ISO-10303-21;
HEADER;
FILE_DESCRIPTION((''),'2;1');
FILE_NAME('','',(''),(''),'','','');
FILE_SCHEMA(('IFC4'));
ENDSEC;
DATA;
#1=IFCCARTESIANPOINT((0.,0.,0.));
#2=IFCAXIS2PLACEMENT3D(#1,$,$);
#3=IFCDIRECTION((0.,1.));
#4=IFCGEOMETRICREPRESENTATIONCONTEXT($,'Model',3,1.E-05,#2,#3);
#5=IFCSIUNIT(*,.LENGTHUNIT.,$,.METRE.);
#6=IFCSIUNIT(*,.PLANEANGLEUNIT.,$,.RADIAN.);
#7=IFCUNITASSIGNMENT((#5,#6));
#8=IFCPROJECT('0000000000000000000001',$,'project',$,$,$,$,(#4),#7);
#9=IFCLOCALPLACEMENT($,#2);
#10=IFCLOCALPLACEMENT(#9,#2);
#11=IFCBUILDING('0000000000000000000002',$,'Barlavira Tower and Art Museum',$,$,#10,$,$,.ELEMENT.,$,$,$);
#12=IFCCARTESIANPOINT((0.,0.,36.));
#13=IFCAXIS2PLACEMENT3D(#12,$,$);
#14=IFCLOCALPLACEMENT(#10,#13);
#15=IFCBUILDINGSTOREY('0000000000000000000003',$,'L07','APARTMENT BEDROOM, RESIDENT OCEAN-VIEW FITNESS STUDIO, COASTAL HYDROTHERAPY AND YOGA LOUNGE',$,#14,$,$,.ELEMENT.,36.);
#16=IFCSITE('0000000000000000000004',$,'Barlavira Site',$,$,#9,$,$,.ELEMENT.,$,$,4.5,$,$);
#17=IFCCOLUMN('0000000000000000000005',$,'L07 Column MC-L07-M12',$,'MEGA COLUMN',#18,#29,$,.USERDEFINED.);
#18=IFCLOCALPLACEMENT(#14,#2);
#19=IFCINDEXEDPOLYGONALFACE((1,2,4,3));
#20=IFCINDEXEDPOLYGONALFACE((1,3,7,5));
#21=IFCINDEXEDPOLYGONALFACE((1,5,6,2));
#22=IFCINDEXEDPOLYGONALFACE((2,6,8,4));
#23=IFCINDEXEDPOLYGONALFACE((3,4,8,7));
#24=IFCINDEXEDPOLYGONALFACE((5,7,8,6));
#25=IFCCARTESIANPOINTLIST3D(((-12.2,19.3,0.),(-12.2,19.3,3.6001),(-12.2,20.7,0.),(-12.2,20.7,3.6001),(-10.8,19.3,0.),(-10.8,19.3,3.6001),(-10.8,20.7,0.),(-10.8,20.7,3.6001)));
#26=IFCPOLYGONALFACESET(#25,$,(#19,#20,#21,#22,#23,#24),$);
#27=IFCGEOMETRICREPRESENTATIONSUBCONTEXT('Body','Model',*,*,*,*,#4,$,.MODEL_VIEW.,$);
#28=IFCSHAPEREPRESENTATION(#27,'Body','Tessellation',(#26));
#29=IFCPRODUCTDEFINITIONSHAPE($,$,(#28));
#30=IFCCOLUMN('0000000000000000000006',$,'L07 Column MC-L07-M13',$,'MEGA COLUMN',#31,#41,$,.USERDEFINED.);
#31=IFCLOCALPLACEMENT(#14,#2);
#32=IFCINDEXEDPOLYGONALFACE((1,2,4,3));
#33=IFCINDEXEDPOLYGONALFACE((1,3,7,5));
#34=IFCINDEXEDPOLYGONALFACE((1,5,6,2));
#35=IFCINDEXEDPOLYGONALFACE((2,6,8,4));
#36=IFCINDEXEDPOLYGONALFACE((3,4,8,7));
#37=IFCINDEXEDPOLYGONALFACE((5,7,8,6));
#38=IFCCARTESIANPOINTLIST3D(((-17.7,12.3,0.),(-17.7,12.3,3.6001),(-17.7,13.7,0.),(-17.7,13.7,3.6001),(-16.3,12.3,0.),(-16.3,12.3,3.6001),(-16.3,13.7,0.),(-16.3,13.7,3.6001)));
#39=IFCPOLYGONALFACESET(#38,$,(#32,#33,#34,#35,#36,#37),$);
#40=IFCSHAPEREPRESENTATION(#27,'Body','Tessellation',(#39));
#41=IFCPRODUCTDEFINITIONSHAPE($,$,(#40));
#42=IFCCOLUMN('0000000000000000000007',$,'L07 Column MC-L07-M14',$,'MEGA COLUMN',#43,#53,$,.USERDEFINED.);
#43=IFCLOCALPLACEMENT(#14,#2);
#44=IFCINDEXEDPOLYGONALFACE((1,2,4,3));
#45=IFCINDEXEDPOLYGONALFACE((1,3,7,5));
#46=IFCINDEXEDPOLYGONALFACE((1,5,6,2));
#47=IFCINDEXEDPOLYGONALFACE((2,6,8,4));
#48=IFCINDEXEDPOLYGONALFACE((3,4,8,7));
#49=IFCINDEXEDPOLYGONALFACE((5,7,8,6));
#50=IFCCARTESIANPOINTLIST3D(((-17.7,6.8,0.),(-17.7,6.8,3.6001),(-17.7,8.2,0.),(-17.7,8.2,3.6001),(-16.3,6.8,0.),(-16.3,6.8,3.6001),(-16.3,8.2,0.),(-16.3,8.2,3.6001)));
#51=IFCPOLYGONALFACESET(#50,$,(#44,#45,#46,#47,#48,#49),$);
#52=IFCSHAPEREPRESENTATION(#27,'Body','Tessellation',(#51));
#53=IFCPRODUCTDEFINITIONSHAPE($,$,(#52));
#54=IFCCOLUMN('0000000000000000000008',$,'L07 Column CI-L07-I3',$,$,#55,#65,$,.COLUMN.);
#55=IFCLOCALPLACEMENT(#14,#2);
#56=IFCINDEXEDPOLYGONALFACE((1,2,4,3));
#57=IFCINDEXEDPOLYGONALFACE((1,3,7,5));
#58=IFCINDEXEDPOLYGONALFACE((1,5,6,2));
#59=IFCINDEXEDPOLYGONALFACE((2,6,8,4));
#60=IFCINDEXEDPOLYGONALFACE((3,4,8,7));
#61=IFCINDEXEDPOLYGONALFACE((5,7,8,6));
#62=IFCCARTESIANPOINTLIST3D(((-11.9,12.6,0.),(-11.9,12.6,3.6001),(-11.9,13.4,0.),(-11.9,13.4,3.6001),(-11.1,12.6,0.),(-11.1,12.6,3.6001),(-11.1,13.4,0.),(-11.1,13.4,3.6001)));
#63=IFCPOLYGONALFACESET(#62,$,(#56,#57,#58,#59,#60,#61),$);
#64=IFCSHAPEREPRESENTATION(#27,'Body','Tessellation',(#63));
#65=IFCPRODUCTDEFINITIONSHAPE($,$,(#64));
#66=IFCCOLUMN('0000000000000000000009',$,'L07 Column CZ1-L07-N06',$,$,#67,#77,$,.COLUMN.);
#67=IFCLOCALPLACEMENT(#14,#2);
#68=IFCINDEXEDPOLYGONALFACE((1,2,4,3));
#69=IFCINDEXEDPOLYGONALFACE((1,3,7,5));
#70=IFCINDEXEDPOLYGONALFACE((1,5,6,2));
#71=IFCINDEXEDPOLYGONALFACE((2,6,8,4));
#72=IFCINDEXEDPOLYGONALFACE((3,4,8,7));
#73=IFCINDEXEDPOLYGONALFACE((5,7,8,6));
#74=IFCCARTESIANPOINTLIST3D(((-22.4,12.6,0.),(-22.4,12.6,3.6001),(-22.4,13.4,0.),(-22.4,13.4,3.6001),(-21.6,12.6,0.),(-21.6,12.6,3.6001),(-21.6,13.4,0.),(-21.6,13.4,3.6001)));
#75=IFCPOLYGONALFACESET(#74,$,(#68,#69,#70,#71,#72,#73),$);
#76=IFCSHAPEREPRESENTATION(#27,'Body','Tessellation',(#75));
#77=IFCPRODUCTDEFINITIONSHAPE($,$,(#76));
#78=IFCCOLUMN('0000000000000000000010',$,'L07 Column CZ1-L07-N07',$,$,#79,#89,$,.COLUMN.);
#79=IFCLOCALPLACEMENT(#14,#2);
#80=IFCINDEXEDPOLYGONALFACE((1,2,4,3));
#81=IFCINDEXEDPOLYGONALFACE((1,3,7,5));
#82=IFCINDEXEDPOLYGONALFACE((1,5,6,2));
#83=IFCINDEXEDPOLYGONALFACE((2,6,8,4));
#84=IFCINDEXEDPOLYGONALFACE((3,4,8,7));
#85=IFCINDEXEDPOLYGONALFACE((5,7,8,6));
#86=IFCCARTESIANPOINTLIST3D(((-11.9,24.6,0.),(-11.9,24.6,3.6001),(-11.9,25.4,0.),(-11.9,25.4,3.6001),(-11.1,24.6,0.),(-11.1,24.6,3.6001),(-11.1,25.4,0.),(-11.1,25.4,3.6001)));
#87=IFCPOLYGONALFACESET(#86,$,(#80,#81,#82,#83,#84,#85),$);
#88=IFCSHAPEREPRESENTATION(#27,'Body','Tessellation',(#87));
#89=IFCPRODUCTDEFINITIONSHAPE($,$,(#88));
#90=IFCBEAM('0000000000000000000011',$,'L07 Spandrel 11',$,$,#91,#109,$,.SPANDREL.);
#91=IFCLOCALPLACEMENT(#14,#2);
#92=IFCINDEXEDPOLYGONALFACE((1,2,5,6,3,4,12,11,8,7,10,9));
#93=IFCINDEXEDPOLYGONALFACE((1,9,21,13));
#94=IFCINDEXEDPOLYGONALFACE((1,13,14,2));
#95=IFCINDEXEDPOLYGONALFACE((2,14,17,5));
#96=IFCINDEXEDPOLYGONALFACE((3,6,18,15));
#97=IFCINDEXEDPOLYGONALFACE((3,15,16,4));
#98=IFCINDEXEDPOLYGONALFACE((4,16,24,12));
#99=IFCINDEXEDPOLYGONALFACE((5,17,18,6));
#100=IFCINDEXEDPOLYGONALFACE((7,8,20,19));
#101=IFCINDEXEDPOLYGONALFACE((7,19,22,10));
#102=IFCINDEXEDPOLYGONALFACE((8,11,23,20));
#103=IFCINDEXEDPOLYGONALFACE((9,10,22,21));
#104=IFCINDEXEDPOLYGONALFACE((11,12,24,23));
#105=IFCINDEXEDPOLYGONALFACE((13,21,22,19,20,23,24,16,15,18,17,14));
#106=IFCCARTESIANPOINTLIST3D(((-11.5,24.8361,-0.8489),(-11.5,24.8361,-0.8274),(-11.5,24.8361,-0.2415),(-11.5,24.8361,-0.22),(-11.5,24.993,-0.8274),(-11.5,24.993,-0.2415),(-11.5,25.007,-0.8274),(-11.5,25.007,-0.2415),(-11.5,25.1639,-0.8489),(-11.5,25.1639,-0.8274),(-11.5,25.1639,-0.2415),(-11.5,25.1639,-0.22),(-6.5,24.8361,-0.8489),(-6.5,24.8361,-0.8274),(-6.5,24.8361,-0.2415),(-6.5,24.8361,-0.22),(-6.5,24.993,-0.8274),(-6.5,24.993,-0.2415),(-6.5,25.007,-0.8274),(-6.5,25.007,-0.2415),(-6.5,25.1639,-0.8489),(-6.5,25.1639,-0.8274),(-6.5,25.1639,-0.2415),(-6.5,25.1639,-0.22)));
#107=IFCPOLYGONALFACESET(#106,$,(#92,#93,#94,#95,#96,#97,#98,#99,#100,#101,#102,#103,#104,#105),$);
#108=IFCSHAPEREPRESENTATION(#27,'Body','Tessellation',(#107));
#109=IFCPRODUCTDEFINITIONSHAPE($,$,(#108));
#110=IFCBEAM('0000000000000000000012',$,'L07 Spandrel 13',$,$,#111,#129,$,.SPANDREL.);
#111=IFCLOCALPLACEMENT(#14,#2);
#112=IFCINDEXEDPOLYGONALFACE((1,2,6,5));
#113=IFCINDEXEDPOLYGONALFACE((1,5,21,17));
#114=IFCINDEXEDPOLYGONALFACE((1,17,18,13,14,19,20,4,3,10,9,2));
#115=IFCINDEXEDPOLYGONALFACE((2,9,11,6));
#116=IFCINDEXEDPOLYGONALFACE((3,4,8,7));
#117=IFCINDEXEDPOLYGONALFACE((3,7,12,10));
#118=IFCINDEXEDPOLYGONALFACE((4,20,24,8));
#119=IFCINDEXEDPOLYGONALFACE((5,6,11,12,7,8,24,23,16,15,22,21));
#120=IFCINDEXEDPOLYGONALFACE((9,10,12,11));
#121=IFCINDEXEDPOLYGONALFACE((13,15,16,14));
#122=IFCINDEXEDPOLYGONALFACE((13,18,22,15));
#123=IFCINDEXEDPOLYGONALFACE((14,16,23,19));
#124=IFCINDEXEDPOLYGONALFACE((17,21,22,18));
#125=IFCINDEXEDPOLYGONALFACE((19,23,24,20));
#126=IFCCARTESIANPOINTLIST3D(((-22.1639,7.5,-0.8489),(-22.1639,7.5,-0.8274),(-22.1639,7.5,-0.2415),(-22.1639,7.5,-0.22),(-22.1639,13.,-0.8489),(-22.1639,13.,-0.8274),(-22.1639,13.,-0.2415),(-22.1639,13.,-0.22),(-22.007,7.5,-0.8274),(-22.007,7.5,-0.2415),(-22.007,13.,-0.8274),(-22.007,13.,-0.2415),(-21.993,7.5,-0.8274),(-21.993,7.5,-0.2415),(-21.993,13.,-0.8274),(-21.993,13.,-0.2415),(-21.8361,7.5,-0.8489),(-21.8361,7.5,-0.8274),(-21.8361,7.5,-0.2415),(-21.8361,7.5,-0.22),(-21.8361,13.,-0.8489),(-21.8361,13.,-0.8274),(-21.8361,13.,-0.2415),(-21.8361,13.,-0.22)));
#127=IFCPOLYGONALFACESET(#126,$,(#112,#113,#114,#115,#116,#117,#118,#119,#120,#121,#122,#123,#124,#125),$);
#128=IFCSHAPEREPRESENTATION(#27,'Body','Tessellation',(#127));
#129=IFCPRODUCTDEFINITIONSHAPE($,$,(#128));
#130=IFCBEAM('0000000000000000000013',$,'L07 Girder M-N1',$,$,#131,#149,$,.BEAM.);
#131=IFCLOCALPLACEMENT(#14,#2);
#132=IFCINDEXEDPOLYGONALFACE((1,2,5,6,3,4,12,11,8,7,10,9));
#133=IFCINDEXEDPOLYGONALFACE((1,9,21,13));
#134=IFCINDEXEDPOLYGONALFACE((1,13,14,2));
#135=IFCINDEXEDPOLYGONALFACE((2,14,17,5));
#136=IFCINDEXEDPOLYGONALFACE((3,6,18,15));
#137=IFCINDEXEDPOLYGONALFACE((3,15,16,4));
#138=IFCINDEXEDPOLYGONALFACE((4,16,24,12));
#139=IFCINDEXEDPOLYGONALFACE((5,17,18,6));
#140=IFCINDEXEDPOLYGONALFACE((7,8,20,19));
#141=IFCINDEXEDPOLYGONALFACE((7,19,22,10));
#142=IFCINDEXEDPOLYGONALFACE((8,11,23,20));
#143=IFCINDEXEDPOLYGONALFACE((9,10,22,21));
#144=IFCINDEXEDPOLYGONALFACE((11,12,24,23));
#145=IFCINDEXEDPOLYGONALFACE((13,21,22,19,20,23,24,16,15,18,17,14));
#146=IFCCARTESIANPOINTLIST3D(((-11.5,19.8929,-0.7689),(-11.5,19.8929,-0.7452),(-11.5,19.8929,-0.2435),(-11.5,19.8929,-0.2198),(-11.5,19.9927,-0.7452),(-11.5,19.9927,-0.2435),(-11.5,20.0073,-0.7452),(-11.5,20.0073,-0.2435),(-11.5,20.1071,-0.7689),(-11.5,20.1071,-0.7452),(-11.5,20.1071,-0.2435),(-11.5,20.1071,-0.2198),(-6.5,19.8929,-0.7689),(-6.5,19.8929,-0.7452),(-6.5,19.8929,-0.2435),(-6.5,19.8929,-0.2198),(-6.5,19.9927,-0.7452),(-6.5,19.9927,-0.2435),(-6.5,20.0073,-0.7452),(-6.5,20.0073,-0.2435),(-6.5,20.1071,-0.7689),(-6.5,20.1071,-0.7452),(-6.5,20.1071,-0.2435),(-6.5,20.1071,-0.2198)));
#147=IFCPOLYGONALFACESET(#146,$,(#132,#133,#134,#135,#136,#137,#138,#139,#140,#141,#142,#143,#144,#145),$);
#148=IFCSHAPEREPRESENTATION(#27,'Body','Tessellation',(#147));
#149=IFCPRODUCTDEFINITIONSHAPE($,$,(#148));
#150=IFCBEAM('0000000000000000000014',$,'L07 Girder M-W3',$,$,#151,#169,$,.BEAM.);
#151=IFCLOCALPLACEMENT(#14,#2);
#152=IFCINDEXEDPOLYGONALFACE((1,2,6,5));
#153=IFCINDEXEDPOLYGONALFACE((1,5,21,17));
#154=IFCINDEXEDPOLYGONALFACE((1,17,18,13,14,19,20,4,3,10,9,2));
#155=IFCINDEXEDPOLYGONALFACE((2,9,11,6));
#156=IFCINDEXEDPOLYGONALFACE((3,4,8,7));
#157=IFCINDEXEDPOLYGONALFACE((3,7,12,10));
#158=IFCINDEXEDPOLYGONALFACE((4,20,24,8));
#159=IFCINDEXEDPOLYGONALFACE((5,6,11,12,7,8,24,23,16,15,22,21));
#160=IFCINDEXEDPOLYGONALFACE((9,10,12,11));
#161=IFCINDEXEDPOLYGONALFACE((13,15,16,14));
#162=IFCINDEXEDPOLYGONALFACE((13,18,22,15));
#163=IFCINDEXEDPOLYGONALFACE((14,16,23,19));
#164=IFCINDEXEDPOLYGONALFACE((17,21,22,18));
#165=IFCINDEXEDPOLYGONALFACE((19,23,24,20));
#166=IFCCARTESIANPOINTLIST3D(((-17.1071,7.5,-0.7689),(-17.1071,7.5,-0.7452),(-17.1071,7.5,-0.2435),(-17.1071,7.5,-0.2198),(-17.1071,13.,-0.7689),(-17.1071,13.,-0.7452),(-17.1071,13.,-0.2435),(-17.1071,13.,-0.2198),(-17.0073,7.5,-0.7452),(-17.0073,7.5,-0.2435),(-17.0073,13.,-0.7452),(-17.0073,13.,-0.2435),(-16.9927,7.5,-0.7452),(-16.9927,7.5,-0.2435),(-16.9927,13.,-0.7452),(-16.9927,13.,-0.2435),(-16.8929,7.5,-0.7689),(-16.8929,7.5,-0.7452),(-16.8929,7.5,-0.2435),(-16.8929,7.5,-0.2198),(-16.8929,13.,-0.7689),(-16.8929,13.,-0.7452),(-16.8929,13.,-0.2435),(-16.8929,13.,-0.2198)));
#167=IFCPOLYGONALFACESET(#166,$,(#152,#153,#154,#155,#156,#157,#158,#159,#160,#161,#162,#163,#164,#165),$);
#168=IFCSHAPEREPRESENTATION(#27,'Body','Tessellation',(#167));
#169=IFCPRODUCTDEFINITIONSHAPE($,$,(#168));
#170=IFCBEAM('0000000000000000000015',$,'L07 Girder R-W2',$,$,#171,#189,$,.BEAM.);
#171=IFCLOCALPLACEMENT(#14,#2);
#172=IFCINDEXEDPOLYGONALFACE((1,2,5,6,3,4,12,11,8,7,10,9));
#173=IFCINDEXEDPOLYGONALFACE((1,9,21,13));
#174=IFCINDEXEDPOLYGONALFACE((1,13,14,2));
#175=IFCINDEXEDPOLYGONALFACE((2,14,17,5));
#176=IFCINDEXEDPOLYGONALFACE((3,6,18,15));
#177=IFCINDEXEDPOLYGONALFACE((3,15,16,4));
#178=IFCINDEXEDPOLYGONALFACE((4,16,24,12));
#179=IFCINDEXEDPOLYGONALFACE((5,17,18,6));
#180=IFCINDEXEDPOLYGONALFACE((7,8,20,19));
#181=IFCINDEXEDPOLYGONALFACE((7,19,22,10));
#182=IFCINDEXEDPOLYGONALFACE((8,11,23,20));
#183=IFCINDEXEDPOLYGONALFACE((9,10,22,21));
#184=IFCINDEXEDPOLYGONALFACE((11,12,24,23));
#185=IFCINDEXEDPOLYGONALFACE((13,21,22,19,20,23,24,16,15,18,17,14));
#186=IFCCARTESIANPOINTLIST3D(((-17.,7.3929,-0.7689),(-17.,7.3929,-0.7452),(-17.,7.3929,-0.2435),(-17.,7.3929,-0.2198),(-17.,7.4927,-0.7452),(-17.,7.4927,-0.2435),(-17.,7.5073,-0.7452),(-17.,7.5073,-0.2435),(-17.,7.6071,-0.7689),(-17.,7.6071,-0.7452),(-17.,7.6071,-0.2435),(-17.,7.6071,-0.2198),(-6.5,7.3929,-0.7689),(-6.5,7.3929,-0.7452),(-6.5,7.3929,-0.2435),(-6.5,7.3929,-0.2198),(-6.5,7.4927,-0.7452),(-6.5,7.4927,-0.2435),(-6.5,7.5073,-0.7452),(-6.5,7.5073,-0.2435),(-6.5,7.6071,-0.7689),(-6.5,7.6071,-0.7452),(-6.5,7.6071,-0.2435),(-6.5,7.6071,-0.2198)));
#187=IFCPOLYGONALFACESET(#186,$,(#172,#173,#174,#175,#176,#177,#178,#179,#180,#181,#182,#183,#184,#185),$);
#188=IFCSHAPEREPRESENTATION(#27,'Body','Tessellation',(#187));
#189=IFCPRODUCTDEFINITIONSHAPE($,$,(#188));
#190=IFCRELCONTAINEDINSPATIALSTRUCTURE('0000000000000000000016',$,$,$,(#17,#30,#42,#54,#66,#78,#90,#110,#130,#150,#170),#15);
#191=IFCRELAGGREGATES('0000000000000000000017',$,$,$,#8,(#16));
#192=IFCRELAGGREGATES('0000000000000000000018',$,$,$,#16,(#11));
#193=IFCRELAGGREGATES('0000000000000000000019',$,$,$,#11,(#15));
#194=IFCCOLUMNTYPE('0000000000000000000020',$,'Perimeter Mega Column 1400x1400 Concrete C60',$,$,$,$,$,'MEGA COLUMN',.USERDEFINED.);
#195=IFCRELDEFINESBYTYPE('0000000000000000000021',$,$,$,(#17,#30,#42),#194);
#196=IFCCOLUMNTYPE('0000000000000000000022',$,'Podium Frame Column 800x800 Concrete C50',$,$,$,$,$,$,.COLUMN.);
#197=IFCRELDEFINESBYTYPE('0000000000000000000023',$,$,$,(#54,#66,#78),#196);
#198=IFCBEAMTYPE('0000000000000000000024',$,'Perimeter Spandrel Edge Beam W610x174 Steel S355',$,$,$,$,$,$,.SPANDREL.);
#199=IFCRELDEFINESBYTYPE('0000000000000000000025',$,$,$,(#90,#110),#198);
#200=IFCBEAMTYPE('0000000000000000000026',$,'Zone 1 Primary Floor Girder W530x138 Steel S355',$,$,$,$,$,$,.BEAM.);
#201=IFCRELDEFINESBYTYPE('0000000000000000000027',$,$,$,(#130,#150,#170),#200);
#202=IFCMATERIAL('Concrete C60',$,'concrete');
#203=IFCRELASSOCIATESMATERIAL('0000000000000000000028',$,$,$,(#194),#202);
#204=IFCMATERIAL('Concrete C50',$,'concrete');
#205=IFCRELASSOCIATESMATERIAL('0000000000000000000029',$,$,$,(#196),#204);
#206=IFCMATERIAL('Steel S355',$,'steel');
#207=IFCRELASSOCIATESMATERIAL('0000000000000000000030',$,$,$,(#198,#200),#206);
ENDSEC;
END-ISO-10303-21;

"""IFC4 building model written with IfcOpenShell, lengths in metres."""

from ifc_helpers import new_model, si_unit, direction, frame, origin, origin_2d, place, context, subcontext, project, spatial, rectangle, i_section, extrude, material, material_profile, profile_set, type_object, element, save


model = new_model("IFC4")

# Units and contexts
model_context = context("Model", 3, precision=1e-05, world=origin(), true_north=direction((0.0, 1.0)))
body_context = subcontext(model_context, "Body", "Model", "MODEL_VIEW")
ifc_project = project(units=[si_unit("LENGTHUNIT", "METRE"), si_unit("PLANEANGLEUNIT", "RADIAN")], contexts=[model_context])

# Site, building, storey
site_placement = place(None, origin())
site = spatial("IfcSite", under=ifc_project, at=site_placement, Name="Barlavira Site", CompositionType="ELEMENT", RefElevation=4.5)
building_placement = place(site_placement, origin())
building = spatial("IfcBuilding", under=site, at=building_placement, Name="Barlavira Tower and Art Museum", CompositionType="ELEMENT")
storey_placement = place(building_placement, frame((0.0, 0.0, 36.0)))
storey = spatial("IfcBuildingStorey", under=building, at=storey_placement, Name="L07", Description="APARTMENT BEDROOM, RESIDENT OCEAN-VIEW FITNESS STUDIO, COASTAL HYDROTHERAPY AND YOGA LOUNGE", CompositionType="ELEMENT", Elevation=36.0)

# Columns
ifc_material_1 = material(Name="Concrete C60", Category="concrete")
ifc_material_profile_1 = material_profile(ifc_material_1, rectangle(XDim=1.3999, YDim=1.3999, at=origin_2d()), Name="RC-MCOL 1400x1400")
ifc_profile_set_1 = profile_set([ifc_material_profile_1], Name="Concrete C60")
column_type_1 = type_object("IfcColumnType", Name="Perimeter Mega Column 1400x1400 Concrete C60", ElementType="MEGA COLUMN", PredefinedType="USERDEFINED", material=ifc_profile_set_1)
for number, where, z_axis, x_axis, name in (
    (1, (-11.5, 20.0, 0.0), (0.0, 0.0, 1.0), (1.0, 0.0, 0.0), "L07 Column MC-L07-M12"),
    (2, (-17.0, 13.0, 0.0), (0.0, 0.0, 1.0), (1.0, 0.0, 0.0), "L07 Column MC-L07-M13"),
    (3, (-17.0, 7.5, 0.0), (0.0, 0.0, 1.0), (1.0, 0.0, 0.0), "L07 Column MC-L07-M14"),
):
    element("IfcColumn", number, at=place(storey_placement, frame(where, z_axis=z_axis, x_axis=x_axis)), inside=storey, type_object=column_type_1, Name=name, ObjectType="MEGA COLUMN", PredefinedType="USERDEFINED", context=body_context, shape_type="SweptSolid", body=[
        extrude(rectangle(XDim=1.3999, YDim=1.3999, at=origin_2d()), origin(), (0.0, 0.0, 1.0), 3.6001),
    ])
ifc_material_2 = material(Name="Concrete C50", Category="concrete")
ifc_material_profile_2 = material_profile(ifc_material_2, rectangle(XDim=0.8, YDim=0.8, at=origin_2d()), Name="RC-COL 800x800")
ifc_profile_set_2 = profile_set([ifc_material_profile_2], Name="Concrete C50")
column_type_2 = type_object("IfcColumnType", Name="Podium Frame Column 800x800 Concrete C50", PredefinedType="COLUMN", material=ifc_profile_set_2)
for number, where, z_axis, x_axis, name in (
    (4, (-11.5, 13.0, 0.0), (0.0, 0.0, 1.0), (1.0, 0.0, 0.0), "L07 Column CI-L07-I3"),
    (5, (-22.0, 13.0, 0.0), (0.0, 0.0, 1.0), (1.0, 0.0, 0.0), "L07 Column CZ1-L07-N06"),
    (6, (-11.5, 25.0, 0.0), (0.0, 0.0, 1.0), (1.0, 0.0, 0.0), "L07 Column CZ1-L07-N07"),
):
    element("IfcColumn", number, at=place(storey_placement, frame(where, z_axis=z_axis, x_axis=x_axis)), inside=storey, type_object=column_type_2, Name=name, PredefinedType="COLUMN", context=body_context, shape_type="SweptSolid", body=[
        extrude(rectangle(XDim=0.8, YDim=0.8, at=origin_2d()), origin(), (0.0, 0.0, 1.0), 3.6001),
    ])

# Beams
ifc_material_3 = material(Name="Steel S355", Category="steel")
ifc_material_profile_3 = material_profile(ifc_material_3, i_section(OverallWidth=0.3279, OverallDepth=0.6289, WebThickness=0.0139, FlangeThickness=0.0215, at=origin_2d()), Name="W610x174.0")
ifc_profile_set_3 = profile_set([ifc_material_profile_3], Name="Steel S355")
beam_type_1 = type_object("IfcBeamType", Name="Perimeter Spandrel Edge Beam W610x174 Steel S355", PredefinedType="SPANDREL", material=ifc_profile_set_3)
beam_1_placement = place(storey_placement, frame((-11.5, 25.0, -0.5344), z_axis=(1.0, 0.0, 0.0), x_axis=(0.0, 1.0, 0.0)))
element("IfcBeam", 7, at=beam_1_placement, inside=storey, type_object=beam_type_1, Name="L07 Spandrel 11", PredefinedType="SPANDREL", context=body_context, shape_type="SweptSolid", body=[
    extrude(i_section(OverallWidth=0.3279, OverallDepth=0.6289, WebThickness=0.0139, FlangeThickness=0.0215, at=origin_2d()), origin(), (0.0, 0.0, 1.0), 5.0),
])
beam_2_placement = place(storey_placement, frame((-22.0, 7.5, -0.5344), z_axis=(0.0, 1.0, 0.0), x_axis=(-1.0, 0.0, 0.0)))
element("IfcBeam", 8, at=beam_2_placement, inside=storey, type_object=beam_type_1, Name="L07 Spandrel 13", PredefinedType="SPANDREL", context=body_context, shape_type="SweptSolid", body=[
    extrude(i_section(OverallWidth=0.3279, OverallDepth=0.6289, WebThickness=0.0139, FlangeThickness=0.0215, at=origin_2d()), origin(), (0.0, 0.0, 1.0), 5.5),
])
ifc_material_profile_4 = material_profile(ifc_material_3, i_section(OverallWidth=0.2141, OverallDepth=0.5491, WebThickness=0.0146, FlangeThickness=0.0237, at=origin_2d()), Name="W530x138.0")
ifc_profile_set_4 = profile_set([ifc_material_profile_4], Name="Steel S355")
beam_type_2 = type_object("IfcBeamType", Name="Zone 1 Primary Floor Girder W530x138 Steel S355", PredefinedType="BEAM", material=ifc_profile_set_4)
beam_3_placement = place(storey_placement, frame((-11.5, 20.0, -0.4944), z_axis=(1.0, 0.0, 0.0), x_axis=(0.0, 1.0, 0.0)))
element("IfcBeam", 9, at=beam_3_placement, inside=storey, type_object=beam_type_2, Name="L07 Girder M-N1", PredefinedType="BEAM", context=body_context, shape_type="SweptSolid", body=[
    extrude(i_section(OverallWidth=0.2141, OverallDepth=0.5491, WebThickness=0.0146, FlangeThickness=0.0237, at=origin_2d()), origin(), (0.0, 0.0, 1.0), 5.0),
])
beam_4_placement = place(storey_placement, frame((-17.0, 7.5, -0.4944), z_axis=(0.0, 1.0, 0.0), x_axis=(-1.0, 0.0, 0.0)))
element("IfcBeam", 10, at=beam_4_placement, inside=storey, type_object=beam_type_2, Name="L07 Girder M-W3", PredefinedType="BEAM", context=body_context, shape_type="SweptSolid", body=[
    extrude(i_section(OverallWidth=0.2141, OverallDepth=0.5491, WebThickness=0.0146, FlangeThickness=0.0237, at=origin_2d()), origin(), (0.0, 0.0, 1.0), 5.5),
])
beam_5_placement = place(storey_placement, frame((-17.0, 7.5, -0.4944), z_axis=(1.0, 0.0, 0.0), x_axis=(0.0, 1.0, 0.0)))
element("IfcBeam", 11, at=beam_5_placement, inside=storey, type_object=beam_type_2, Name="L07 Girder R-W2", PredefinedType="BEAM", context=body_context, shape_type="SweptSolid", body=[
    extrude(i_section(OverallWidth=0.2141, OverallDepth=0.5491, WebThickness=0.0146, FlangeThickness=0.0237, at=origin_2d()), origin(), (0.0, 0.0, 1.0), 10.5),
])

save(model, "model.ifc")
